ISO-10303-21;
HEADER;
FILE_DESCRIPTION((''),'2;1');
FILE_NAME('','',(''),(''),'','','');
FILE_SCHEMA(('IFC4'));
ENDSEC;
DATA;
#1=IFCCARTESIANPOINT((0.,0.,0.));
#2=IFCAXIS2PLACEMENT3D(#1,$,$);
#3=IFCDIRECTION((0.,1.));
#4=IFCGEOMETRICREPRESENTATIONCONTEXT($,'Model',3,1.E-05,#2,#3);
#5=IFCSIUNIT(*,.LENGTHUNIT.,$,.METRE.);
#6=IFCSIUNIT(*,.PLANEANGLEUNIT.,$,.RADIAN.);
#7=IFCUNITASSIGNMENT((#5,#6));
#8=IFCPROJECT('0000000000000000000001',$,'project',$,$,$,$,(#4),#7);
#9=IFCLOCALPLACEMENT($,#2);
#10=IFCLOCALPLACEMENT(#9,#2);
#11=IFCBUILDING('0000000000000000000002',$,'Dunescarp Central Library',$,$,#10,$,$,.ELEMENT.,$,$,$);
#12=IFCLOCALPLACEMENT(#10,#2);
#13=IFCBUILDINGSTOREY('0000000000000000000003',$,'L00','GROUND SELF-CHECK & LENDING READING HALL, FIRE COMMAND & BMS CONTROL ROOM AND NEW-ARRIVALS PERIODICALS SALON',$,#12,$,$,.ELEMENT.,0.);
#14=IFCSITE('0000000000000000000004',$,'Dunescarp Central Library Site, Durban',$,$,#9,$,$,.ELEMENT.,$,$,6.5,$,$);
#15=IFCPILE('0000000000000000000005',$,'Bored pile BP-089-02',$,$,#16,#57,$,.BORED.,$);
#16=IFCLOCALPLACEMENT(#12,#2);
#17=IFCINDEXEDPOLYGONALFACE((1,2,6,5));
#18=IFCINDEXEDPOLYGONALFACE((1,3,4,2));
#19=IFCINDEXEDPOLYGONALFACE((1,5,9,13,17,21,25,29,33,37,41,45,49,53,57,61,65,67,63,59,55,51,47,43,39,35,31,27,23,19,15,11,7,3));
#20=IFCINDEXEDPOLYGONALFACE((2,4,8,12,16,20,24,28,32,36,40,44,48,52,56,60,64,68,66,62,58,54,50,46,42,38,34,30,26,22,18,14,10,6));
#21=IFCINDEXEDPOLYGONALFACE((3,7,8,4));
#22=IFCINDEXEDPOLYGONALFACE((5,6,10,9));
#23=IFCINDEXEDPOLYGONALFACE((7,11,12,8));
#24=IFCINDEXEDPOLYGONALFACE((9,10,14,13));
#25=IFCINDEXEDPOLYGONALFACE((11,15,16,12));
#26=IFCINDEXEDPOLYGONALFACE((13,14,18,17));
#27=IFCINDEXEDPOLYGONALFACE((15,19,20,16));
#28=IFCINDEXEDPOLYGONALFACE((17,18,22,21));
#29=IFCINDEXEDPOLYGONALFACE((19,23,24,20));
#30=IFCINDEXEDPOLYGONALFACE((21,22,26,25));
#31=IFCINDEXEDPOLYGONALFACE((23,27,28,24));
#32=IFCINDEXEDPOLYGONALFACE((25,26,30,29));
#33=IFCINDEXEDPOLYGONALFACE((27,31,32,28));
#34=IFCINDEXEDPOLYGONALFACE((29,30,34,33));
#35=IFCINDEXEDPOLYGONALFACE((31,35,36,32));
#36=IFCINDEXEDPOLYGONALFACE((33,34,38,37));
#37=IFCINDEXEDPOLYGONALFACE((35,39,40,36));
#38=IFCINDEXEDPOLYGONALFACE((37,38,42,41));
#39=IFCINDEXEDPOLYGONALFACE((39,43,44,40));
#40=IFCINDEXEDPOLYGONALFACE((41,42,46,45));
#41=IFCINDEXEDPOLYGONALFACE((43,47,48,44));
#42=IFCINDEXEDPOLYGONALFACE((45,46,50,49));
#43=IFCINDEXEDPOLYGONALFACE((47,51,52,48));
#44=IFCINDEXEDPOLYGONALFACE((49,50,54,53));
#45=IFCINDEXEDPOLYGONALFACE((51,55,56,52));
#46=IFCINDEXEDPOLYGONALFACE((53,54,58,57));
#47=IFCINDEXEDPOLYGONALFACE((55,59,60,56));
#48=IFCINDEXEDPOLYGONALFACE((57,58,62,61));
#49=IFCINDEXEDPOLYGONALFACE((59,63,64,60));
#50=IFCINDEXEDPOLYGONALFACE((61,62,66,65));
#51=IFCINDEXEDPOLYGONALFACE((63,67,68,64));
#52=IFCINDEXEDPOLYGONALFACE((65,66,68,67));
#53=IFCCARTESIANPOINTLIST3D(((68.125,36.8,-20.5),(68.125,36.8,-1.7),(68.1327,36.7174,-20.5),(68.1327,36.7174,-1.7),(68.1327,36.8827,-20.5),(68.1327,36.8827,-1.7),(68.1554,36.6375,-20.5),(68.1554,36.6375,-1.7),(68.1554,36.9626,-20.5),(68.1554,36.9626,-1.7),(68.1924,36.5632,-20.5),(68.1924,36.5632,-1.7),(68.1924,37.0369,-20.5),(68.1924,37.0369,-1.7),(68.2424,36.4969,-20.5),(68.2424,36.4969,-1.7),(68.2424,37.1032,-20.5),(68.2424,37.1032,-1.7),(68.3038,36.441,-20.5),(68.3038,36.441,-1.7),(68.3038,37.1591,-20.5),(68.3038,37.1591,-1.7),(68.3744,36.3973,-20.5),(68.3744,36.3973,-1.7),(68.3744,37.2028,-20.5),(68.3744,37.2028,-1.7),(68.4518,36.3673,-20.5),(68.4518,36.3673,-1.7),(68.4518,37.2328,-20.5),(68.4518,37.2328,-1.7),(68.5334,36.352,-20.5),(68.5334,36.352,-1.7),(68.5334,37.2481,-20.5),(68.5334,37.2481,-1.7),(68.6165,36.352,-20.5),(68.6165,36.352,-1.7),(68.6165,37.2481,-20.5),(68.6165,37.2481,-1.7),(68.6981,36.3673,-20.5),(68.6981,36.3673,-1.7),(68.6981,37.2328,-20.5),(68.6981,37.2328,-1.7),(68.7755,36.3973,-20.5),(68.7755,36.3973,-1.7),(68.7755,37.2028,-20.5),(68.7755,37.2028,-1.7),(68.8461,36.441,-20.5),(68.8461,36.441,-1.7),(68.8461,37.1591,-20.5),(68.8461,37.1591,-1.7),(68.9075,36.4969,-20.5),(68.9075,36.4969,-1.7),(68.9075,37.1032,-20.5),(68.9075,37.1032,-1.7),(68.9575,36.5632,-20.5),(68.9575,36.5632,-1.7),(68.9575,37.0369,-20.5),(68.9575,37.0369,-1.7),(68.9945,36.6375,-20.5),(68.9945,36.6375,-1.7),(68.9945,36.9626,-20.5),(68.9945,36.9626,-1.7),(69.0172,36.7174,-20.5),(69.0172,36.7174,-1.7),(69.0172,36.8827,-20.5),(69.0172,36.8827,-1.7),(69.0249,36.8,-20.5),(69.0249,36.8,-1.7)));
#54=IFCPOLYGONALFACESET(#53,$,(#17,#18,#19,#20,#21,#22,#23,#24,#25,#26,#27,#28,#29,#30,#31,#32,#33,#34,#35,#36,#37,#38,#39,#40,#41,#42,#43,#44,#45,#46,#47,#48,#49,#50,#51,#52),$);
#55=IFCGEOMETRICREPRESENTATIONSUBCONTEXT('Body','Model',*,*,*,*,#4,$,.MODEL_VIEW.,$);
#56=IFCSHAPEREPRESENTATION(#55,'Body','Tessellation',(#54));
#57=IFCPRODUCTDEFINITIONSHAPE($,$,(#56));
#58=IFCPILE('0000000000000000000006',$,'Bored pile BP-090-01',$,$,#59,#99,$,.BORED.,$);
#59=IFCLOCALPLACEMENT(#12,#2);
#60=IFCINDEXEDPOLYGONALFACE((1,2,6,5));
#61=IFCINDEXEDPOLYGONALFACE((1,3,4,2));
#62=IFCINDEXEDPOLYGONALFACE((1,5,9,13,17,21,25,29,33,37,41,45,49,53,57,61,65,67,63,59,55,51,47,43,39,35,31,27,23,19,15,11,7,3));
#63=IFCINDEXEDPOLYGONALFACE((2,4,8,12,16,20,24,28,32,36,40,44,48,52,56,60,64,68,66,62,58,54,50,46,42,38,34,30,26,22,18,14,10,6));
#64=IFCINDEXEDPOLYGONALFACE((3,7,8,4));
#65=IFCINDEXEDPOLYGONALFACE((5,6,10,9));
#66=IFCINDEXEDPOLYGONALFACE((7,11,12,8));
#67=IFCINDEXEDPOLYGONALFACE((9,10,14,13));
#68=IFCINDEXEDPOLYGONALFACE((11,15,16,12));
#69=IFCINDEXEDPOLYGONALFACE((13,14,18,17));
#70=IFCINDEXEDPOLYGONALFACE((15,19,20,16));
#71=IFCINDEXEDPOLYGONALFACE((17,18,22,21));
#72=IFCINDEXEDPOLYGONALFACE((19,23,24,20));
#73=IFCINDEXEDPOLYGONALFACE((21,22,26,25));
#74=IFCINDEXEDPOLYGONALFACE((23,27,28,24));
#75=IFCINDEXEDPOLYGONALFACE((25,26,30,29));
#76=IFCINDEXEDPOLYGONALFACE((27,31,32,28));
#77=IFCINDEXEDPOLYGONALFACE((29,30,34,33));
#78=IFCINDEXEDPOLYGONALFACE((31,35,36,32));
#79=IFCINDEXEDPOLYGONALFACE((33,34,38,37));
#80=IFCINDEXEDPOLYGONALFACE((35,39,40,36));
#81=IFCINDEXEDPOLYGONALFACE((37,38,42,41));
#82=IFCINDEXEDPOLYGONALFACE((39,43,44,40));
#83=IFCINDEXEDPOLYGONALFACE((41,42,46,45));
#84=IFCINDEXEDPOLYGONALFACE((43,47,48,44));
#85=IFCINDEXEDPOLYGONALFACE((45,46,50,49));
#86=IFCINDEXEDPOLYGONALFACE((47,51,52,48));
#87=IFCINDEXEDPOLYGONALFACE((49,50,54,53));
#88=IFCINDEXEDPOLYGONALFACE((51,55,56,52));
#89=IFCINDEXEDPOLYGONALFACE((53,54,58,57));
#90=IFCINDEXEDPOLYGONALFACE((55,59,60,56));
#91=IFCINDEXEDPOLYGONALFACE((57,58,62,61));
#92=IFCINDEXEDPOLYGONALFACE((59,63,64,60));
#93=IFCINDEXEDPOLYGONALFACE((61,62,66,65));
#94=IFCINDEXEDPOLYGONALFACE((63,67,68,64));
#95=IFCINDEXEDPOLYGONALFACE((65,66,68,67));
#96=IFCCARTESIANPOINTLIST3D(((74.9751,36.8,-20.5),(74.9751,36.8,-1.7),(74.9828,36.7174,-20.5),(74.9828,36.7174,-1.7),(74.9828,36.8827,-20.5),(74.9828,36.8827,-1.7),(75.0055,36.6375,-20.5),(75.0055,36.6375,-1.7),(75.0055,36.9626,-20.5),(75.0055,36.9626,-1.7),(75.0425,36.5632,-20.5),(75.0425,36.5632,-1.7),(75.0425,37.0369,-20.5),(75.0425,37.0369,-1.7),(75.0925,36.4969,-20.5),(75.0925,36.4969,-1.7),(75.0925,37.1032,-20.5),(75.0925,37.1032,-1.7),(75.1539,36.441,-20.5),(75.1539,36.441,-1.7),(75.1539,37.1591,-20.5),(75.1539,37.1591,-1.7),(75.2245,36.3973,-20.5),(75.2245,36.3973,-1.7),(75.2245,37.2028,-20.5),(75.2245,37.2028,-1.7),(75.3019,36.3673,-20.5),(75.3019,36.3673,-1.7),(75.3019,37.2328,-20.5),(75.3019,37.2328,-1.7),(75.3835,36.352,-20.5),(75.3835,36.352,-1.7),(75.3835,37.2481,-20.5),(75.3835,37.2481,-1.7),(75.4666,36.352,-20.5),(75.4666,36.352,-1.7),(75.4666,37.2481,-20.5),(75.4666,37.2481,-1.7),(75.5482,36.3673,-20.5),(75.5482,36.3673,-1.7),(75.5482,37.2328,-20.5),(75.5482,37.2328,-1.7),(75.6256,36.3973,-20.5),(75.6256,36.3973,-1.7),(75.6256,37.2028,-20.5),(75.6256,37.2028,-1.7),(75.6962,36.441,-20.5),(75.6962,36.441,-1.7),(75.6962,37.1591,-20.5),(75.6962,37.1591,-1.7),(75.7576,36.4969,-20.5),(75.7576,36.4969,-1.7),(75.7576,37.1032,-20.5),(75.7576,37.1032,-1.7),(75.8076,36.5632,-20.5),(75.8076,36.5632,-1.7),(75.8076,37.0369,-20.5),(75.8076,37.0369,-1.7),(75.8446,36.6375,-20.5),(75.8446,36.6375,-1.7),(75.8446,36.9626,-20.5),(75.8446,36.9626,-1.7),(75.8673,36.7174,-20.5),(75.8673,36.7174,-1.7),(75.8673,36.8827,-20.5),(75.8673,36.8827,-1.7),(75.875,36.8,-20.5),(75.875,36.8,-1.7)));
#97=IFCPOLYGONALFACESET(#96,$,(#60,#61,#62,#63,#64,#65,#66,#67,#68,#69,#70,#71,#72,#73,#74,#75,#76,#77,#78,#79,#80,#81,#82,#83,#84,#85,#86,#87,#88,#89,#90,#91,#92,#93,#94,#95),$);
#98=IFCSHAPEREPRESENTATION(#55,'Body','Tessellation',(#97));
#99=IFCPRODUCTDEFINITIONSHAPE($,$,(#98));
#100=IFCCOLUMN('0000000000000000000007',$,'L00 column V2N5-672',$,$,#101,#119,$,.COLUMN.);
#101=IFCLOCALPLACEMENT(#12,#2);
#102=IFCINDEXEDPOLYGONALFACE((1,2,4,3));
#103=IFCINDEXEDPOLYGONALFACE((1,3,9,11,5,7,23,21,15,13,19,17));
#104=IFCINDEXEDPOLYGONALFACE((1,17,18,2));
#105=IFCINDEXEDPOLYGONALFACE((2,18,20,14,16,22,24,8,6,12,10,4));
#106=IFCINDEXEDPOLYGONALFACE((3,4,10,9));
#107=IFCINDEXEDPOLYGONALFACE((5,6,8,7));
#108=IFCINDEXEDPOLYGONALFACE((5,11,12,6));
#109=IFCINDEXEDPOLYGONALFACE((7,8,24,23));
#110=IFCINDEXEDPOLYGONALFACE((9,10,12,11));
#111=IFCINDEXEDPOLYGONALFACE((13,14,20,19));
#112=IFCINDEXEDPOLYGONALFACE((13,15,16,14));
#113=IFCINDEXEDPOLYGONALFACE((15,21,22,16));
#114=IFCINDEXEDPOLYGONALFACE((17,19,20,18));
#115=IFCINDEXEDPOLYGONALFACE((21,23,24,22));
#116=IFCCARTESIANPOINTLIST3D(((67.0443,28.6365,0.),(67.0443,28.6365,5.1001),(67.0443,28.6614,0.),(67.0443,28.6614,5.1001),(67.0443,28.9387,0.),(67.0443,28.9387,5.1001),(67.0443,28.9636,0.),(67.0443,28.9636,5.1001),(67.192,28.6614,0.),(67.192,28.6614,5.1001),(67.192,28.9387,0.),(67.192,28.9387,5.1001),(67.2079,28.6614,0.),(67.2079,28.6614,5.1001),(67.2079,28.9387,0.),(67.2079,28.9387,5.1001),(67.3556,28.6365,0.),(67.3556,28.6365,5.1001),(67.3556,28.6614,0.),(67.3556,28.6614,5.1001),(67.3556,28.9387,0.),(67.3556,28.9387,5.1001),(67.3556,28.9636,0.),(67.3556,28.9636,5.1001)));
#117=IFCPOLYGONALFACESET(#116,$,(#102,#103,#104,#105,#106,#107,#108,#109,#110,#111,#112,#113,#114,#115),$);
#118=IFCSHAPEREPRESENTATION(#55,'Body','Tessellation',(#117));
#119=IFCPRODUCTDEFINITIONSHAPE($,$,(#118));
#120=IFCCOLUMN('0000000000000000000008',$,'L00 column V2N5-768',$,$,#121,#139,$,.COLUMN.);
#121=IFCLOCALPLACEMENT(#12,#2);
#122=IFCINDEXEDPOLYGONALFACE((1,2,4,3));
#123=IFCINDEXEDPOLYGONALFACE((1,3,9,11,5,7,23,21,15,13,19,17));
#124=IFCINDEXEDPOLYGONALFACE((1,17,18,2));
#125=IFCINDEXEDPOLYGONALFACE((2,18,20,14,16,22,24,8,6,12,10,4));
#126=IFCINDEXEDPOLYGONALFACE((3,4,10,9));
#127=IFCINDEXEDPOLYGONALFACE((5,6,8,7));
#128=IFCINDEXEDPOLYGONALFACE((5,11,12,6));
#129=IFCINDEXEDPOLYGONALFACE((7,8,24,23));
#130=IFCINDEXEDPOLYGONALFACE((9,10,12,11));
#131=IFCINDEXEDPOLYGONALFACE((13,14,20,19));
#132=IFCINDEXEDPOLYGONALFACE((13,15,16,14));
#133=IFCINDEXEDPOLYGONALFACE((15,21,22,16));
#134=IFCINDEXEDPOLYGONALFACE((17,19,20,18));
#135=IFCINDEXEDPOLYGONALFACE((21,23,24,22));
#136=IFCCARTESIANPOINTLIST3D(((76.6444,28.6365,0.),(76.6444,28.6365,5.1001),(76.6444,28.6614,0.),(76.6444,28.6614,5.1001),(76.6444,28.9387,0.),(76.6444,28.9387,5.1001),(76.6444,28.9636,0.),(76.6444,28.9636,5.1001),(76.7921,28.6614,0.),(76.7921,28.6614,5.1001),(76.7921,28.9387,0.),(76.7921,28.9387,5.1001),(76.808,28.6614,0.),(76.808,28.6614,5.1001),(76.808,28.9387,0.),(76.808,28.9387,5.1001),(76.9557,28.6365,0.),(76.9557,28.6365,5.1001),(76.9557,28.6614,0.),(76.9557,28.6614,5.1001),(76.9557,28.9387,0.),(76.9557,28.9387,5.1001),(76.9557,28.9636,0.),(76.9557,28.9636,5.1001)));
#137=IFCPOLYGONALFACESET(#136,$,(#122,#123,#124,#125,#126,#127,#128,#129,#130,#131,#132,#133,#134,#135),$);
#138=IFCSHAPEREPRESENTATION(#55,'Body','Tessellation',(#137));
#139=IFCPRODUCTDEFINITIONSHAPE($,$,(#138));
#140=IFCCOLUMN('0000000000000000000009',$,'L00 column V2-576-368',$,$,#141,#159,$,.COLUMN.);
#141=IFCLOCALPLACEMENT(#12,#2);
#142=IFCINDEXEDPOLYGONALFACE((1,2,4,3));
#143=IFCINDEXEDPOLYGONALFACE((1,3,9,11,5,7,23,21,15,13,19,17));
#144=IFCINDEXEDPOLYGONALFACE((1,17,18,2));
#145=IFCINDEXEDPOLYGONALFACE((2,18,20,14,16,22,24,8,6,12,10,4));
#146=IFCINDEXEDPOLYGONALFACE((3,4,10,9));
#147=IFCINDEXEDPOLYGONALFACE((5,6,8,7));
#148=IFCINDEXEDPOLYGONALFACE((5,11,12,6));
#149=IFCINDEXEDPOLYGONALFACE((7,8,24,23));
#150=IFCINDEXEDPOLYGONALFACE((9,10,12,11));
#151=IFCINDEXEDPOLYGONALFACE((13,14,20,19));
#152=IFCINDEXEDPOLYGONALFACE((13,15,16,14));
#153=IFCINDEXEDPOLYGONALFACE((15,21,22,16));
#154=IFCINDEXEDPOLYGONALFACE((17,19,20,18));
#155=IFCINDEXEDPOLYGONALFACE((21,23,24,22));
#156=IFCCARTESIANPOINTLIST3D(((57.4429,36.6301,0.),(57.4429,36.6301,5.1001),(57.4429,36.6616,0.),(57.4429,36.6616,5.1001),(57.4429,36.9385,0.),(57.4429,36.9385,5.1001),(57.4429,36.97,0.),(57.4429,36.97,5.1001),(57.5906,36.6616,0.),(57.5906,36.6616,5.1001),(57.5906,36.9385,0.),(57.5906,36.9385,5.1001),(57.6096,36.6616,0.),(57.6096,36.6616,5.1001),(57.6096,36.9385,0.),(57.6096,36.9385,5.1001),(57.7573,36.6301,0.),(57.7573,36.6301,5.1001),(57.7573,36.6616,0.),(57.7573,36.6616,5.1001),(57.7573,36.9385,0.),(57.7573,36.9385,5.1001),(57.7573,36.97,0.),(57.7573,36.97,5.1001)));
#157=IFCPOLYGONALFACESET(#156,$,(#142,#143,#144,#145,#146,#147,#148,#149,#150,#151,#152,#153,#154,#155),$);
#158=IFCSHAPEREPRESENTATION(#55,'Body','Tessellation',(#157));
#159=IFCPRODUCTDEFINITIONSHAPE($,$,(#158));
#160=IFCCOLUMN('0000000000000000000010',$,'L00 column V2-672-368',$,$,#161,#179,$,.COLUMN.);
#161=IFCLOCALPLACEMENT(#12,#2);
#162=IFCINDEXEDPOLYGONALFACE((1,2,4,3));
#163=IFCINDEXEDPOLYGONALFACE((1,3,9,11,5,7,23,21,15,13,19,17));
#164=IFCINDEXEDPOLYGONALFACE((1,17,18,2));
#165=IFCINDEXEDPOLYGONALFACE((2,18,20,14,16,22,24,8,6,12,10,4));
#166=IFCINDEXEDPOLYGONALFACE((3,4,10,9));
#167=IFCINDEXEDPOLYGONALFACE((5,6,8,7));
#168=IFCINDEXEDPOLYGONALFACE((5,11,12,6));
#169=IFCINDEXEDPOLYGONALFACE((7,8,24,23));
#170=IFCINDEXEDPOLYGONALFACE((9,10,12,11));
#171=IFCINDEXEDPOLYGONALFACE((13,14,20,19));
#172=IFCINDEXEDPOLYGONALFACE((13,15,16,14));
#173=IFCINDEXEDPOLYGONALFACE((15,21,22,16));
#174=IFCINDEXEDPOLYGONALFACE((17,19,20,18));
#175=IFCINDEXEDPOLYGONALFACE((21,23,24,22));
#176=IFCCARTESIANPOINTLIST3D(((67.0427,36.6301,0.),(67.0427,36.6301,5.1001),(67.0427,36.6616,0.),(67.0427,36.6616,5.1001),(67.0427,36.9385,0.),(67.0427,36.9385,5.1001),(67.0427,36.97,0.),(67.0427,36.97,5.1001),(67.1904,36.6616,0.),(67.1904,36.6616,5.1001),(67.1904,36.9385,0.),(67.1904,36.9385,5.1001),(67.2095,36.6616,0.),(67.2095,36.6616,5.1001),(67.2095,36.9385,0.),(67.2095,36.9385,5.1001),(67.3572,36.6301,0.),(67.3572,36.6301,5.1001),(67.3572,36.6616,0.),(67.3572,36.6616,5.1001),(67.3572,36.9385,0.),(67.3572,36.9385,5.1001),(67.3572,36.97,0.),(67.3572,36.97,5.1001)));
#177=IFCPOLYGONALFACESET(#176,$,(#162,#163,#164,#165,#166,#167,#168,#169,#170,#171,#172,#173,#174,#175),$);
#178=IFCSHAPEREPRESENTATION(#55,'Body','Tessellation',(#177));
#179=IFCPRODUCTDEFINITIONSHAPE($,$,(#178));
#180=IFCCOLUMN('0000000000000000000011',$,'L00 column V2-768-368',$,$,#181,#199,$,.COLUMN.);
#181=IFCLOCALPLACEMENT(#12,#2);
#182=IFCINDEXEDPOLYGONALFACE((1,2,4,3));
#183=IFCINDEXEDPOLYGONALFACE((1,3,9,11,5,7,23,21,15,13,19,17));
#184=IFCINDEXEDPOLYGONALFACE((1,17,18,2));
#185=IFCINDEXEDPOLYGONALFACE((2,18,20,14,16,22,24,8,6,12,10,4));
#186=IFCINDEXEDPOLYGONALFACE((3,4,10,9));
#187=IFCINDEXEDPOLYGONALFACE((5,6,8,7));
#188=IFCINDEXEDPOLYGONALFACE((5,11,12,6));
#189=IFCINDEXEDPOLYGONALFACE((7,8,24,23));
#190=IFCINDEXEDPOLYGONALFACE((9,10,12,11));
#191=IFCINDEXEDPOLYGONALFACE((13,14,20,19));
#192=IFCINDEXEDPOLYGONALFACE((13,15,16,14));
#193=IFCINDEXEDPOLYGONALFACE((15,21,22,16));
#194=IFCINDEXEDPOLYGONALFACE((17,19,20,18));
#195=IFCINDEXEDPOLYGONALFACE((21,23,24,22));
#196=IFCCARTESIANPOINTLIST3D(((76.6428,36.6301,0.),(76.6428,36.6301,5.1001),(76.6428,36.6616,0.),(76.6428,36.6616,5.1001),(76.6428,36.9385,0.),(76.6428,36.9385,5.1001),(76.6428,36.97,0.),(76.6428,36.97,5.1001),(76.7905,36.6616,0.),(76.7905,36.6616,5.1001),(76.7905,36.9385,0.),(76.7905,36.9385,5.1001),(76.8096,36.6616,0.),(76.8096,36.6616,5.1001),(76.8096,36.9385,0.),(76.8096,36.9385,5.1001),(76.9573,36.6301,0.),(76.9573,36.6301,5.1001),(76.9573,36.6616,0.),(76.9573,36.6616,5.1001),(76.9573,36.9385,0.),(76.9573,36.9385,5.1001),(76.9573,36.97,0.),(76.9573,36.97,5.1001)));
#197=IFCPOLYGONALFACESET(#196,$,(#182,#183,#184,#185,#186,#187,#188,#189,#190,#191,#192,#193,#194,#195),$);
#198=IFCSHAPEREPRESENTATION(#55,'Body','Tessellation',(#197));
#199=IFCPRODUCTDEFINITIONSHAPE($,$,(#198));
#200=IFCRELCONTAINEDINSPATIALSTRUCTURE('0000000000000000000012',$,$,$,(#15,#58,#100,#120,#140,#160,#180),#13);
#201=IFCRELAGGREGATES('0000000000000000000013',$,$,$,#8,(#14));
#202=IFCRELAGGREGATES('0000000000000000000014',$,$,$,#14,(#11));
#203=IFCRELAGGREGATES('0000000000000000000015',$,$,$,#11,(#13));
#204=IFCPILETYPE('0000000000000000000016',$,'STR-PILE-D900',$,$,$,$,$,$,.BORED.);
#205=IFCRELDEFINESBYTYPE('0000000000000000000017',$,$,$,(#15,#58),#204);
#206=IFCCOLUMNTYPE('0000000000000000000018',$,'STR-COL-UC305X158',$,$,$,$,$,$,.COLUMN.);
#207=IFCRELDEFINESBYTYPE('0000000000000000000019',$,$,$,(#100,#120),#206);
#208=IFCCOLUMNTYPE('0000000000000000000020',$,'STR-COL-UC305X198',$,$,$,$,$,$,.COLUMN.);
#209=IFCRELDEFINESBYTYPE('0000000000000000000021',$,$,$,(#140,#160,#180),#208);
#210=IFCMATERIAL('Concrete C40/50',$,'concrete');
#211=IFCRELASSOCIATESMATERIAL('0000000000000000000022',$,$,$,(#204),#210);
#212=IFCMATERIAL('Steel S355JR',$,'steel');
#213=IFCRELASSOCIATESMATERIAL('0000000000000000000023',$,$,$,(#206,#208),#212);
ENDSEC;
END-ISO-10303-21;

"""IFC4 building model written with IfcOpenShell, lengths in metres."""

from ifc_helpers import new_model, si_unit, direction, frame, origin, origin_2d, place, context, subcontext, project, spatial, circle, i_section, extrude, material, material_profile, profile_set, type_object, element, save


model = new_model("IFC4")

# Units and contexts
model_context = context("Model", 3, precision=1e-05, world=origin(), true_north=direction((0.0, 1.0)))
body_context = subcontext(model_context, "Body", "Model", "MODEL_VIEW")
ifc_project = project(units=[si_unit("LENGTHUNIT", "METRE"), si_unit("PLANEANGLEUNIT", "RADIAN")], contexts=[model_context])

# Site, building, storey
site_placement = place(None, origin())
site = spatial("IfcSite", under=ifc_project, at=site_placement, Name="Dunescarp Central Library Site, Durban", CompositionType="ELEMENT", RefElevation=6.5)
building_placement = place(site_placement, origin())
building = spatial("IfcBuilding", under=site, at=building_placement, Name="Dunescarp Central Library", CompositionType="ELEMENT")
storey_placement = place(building_placement, origin())
storey = spatial("IfcBuildingStorey", under=building, at=storey_placement, Name="L00", Description="GROUND SELF-CHECK & LENDING READING HALL, FIRE COMMAND & BMS CONTROL ROOM AND NEW-ARRIVALS PERIODICALS SALON", CompositionType="ELEMENT", Elevation=0.0)

# Shared definitions
ifc_material_1 = material(Name="Concrete C40/50", Category="concrete")

# Piles
ifc_material_profile_1 = material_profile(ifc_material_1, circle(Radius=0.45, at=origin_2d()), Name="PILE D900")
ifc_profile_set_1 = profile_set([ifc_material_profile_1], Name="Concrete C40/50")
pile_type = type_object("IfcPileType", Name="STR-PILE-D900", PredefinedType="BORED", material=ifc_profile_set_1)
for number, where, z_axis, x_axis, name in (
    (1, (68.575, 36.8, -1.7), (0.0, 0.0, -1.0), (1.0, 0.0, 0.0), "Bored pile BP-089-02"),
    (2, (75.425, 36.8, -1.7), (0.0, 0.0, -1.0), (1.0, 0.0, 0.0), "Bored pile BP-090-01"),
):
    element("IfcPile", number, at=place(storey_placement, frame(where, z_axis=z_axis, x_axis=x_axis)), inside=storey, type_object=pile_type, Name=name, PredefinedType="BORED", context=body_context, shape_type="SweptSolid", body=[
        extrude(circle(Radius=0.45, at=origin_2d()), origin(), (0.0, 0.0, 1.0), 18.8),
    ])

# Columns
ifc_material_2 = material(Name="Steel S355JR", Category="steel")
ifc_material_profile_2 = material_profile(ifc_material_2, i_section(OverallWidth=0.3113, OverallDepth=0.3271, WebThickness=0.0159, FlangeThickness=0.0249, at=origin_2d()), Name="UC 305x305x158")
ifc_profile_set_2 = profile_set([ifc_material_profile_2], Name="Steel S355JR")
column_type_1 = type_object("IfcColumnType", Name="STR-COL-UC305X158", PredefinedType="COLUMN", material=ifc_profile_set_2)
for number, where, z_axis, x_axis, name in (
    (3, (67.2, 28.8, 0.0), (0.0, 0.0, 1.0), (1.0, 0.0, 0.0), "L00 column V2N5-672"),
    (4, (76.8, 28.8, 0.0), (0.0, 0.0, 1.0), (1.0, 0.0, 0.0), "L00 column V2N5-768"),
):
    element("IfcColumn", number, at=place(storey_placement, frame(where, z_axis=z_axis, x_axis=x_axis)), inside=storey, type_object=column_type_1, Name=name, PredefinedType="COLUMN", context=body_context, shape_type="SweptSolid", body=[
        extrude(i_section(OverallWidth=0.3113, OverallDepth=0.3271, WebThickness=0.0159, FlangeThickness=0.0249, at=origin_2d()), origin(), (0.0, 0.0, 1.0), 5.1001),
    ])
ifc_material_profile_3 = material_profile(ifc_material_2, i_section(OverallWidth=0.3145, OverallDepth=0.3398, WebThickness=0.019, FlangeThickness=0.0315, at=origin_2d()), Name="UC 305x305x198")
ifc_profile_set_3 = profile_set([ifc_material_profile_3], Name="Steel S355JR")
column_type_2 = type_object("IfcColumnType", Name="STR-COL-UC305X198", PredefinedType="COLUMN", material=ifc_profile_set_3)
for number, where, z_axis, x_axis, name in (
    (5, (57.6001, 36.8, 0.0), (0.0, 0.0, 1.0), (1.0, 0.0, 0.0), "L00 column V2-576-368"),
    (6, (67.2, 36.8, 0.0), (0.0, 0.0, 1.0), (1.0, 0.0, 0.0), "L00 column V2-672-368"),
    (7, (76.8, 36.8, 0.0), (0.0, 0.0, 1.0), (1.0, 0.0, 0.0), "L00 column V2-768-368"),
):
    element("IfcColumn", number, at=place(storey_placement, frame(where, z_axis=z_axis, x_axis=x_axis)), inside=storey, type_object=column_type_2, Name=name, PredefinedType="COLUMN", context=body_context, shape_type="SweptSolid", body=[
        extrude(i_section(OverallWidth=0.3145, OverallDepth=0.3398, WebThickness=0.019, FlangeThickness=0.0315, at=origin_2d()), origin(), (0.0, 0.0, 1.0), 5.1001),
    ])

save(model, "model.ifc")
